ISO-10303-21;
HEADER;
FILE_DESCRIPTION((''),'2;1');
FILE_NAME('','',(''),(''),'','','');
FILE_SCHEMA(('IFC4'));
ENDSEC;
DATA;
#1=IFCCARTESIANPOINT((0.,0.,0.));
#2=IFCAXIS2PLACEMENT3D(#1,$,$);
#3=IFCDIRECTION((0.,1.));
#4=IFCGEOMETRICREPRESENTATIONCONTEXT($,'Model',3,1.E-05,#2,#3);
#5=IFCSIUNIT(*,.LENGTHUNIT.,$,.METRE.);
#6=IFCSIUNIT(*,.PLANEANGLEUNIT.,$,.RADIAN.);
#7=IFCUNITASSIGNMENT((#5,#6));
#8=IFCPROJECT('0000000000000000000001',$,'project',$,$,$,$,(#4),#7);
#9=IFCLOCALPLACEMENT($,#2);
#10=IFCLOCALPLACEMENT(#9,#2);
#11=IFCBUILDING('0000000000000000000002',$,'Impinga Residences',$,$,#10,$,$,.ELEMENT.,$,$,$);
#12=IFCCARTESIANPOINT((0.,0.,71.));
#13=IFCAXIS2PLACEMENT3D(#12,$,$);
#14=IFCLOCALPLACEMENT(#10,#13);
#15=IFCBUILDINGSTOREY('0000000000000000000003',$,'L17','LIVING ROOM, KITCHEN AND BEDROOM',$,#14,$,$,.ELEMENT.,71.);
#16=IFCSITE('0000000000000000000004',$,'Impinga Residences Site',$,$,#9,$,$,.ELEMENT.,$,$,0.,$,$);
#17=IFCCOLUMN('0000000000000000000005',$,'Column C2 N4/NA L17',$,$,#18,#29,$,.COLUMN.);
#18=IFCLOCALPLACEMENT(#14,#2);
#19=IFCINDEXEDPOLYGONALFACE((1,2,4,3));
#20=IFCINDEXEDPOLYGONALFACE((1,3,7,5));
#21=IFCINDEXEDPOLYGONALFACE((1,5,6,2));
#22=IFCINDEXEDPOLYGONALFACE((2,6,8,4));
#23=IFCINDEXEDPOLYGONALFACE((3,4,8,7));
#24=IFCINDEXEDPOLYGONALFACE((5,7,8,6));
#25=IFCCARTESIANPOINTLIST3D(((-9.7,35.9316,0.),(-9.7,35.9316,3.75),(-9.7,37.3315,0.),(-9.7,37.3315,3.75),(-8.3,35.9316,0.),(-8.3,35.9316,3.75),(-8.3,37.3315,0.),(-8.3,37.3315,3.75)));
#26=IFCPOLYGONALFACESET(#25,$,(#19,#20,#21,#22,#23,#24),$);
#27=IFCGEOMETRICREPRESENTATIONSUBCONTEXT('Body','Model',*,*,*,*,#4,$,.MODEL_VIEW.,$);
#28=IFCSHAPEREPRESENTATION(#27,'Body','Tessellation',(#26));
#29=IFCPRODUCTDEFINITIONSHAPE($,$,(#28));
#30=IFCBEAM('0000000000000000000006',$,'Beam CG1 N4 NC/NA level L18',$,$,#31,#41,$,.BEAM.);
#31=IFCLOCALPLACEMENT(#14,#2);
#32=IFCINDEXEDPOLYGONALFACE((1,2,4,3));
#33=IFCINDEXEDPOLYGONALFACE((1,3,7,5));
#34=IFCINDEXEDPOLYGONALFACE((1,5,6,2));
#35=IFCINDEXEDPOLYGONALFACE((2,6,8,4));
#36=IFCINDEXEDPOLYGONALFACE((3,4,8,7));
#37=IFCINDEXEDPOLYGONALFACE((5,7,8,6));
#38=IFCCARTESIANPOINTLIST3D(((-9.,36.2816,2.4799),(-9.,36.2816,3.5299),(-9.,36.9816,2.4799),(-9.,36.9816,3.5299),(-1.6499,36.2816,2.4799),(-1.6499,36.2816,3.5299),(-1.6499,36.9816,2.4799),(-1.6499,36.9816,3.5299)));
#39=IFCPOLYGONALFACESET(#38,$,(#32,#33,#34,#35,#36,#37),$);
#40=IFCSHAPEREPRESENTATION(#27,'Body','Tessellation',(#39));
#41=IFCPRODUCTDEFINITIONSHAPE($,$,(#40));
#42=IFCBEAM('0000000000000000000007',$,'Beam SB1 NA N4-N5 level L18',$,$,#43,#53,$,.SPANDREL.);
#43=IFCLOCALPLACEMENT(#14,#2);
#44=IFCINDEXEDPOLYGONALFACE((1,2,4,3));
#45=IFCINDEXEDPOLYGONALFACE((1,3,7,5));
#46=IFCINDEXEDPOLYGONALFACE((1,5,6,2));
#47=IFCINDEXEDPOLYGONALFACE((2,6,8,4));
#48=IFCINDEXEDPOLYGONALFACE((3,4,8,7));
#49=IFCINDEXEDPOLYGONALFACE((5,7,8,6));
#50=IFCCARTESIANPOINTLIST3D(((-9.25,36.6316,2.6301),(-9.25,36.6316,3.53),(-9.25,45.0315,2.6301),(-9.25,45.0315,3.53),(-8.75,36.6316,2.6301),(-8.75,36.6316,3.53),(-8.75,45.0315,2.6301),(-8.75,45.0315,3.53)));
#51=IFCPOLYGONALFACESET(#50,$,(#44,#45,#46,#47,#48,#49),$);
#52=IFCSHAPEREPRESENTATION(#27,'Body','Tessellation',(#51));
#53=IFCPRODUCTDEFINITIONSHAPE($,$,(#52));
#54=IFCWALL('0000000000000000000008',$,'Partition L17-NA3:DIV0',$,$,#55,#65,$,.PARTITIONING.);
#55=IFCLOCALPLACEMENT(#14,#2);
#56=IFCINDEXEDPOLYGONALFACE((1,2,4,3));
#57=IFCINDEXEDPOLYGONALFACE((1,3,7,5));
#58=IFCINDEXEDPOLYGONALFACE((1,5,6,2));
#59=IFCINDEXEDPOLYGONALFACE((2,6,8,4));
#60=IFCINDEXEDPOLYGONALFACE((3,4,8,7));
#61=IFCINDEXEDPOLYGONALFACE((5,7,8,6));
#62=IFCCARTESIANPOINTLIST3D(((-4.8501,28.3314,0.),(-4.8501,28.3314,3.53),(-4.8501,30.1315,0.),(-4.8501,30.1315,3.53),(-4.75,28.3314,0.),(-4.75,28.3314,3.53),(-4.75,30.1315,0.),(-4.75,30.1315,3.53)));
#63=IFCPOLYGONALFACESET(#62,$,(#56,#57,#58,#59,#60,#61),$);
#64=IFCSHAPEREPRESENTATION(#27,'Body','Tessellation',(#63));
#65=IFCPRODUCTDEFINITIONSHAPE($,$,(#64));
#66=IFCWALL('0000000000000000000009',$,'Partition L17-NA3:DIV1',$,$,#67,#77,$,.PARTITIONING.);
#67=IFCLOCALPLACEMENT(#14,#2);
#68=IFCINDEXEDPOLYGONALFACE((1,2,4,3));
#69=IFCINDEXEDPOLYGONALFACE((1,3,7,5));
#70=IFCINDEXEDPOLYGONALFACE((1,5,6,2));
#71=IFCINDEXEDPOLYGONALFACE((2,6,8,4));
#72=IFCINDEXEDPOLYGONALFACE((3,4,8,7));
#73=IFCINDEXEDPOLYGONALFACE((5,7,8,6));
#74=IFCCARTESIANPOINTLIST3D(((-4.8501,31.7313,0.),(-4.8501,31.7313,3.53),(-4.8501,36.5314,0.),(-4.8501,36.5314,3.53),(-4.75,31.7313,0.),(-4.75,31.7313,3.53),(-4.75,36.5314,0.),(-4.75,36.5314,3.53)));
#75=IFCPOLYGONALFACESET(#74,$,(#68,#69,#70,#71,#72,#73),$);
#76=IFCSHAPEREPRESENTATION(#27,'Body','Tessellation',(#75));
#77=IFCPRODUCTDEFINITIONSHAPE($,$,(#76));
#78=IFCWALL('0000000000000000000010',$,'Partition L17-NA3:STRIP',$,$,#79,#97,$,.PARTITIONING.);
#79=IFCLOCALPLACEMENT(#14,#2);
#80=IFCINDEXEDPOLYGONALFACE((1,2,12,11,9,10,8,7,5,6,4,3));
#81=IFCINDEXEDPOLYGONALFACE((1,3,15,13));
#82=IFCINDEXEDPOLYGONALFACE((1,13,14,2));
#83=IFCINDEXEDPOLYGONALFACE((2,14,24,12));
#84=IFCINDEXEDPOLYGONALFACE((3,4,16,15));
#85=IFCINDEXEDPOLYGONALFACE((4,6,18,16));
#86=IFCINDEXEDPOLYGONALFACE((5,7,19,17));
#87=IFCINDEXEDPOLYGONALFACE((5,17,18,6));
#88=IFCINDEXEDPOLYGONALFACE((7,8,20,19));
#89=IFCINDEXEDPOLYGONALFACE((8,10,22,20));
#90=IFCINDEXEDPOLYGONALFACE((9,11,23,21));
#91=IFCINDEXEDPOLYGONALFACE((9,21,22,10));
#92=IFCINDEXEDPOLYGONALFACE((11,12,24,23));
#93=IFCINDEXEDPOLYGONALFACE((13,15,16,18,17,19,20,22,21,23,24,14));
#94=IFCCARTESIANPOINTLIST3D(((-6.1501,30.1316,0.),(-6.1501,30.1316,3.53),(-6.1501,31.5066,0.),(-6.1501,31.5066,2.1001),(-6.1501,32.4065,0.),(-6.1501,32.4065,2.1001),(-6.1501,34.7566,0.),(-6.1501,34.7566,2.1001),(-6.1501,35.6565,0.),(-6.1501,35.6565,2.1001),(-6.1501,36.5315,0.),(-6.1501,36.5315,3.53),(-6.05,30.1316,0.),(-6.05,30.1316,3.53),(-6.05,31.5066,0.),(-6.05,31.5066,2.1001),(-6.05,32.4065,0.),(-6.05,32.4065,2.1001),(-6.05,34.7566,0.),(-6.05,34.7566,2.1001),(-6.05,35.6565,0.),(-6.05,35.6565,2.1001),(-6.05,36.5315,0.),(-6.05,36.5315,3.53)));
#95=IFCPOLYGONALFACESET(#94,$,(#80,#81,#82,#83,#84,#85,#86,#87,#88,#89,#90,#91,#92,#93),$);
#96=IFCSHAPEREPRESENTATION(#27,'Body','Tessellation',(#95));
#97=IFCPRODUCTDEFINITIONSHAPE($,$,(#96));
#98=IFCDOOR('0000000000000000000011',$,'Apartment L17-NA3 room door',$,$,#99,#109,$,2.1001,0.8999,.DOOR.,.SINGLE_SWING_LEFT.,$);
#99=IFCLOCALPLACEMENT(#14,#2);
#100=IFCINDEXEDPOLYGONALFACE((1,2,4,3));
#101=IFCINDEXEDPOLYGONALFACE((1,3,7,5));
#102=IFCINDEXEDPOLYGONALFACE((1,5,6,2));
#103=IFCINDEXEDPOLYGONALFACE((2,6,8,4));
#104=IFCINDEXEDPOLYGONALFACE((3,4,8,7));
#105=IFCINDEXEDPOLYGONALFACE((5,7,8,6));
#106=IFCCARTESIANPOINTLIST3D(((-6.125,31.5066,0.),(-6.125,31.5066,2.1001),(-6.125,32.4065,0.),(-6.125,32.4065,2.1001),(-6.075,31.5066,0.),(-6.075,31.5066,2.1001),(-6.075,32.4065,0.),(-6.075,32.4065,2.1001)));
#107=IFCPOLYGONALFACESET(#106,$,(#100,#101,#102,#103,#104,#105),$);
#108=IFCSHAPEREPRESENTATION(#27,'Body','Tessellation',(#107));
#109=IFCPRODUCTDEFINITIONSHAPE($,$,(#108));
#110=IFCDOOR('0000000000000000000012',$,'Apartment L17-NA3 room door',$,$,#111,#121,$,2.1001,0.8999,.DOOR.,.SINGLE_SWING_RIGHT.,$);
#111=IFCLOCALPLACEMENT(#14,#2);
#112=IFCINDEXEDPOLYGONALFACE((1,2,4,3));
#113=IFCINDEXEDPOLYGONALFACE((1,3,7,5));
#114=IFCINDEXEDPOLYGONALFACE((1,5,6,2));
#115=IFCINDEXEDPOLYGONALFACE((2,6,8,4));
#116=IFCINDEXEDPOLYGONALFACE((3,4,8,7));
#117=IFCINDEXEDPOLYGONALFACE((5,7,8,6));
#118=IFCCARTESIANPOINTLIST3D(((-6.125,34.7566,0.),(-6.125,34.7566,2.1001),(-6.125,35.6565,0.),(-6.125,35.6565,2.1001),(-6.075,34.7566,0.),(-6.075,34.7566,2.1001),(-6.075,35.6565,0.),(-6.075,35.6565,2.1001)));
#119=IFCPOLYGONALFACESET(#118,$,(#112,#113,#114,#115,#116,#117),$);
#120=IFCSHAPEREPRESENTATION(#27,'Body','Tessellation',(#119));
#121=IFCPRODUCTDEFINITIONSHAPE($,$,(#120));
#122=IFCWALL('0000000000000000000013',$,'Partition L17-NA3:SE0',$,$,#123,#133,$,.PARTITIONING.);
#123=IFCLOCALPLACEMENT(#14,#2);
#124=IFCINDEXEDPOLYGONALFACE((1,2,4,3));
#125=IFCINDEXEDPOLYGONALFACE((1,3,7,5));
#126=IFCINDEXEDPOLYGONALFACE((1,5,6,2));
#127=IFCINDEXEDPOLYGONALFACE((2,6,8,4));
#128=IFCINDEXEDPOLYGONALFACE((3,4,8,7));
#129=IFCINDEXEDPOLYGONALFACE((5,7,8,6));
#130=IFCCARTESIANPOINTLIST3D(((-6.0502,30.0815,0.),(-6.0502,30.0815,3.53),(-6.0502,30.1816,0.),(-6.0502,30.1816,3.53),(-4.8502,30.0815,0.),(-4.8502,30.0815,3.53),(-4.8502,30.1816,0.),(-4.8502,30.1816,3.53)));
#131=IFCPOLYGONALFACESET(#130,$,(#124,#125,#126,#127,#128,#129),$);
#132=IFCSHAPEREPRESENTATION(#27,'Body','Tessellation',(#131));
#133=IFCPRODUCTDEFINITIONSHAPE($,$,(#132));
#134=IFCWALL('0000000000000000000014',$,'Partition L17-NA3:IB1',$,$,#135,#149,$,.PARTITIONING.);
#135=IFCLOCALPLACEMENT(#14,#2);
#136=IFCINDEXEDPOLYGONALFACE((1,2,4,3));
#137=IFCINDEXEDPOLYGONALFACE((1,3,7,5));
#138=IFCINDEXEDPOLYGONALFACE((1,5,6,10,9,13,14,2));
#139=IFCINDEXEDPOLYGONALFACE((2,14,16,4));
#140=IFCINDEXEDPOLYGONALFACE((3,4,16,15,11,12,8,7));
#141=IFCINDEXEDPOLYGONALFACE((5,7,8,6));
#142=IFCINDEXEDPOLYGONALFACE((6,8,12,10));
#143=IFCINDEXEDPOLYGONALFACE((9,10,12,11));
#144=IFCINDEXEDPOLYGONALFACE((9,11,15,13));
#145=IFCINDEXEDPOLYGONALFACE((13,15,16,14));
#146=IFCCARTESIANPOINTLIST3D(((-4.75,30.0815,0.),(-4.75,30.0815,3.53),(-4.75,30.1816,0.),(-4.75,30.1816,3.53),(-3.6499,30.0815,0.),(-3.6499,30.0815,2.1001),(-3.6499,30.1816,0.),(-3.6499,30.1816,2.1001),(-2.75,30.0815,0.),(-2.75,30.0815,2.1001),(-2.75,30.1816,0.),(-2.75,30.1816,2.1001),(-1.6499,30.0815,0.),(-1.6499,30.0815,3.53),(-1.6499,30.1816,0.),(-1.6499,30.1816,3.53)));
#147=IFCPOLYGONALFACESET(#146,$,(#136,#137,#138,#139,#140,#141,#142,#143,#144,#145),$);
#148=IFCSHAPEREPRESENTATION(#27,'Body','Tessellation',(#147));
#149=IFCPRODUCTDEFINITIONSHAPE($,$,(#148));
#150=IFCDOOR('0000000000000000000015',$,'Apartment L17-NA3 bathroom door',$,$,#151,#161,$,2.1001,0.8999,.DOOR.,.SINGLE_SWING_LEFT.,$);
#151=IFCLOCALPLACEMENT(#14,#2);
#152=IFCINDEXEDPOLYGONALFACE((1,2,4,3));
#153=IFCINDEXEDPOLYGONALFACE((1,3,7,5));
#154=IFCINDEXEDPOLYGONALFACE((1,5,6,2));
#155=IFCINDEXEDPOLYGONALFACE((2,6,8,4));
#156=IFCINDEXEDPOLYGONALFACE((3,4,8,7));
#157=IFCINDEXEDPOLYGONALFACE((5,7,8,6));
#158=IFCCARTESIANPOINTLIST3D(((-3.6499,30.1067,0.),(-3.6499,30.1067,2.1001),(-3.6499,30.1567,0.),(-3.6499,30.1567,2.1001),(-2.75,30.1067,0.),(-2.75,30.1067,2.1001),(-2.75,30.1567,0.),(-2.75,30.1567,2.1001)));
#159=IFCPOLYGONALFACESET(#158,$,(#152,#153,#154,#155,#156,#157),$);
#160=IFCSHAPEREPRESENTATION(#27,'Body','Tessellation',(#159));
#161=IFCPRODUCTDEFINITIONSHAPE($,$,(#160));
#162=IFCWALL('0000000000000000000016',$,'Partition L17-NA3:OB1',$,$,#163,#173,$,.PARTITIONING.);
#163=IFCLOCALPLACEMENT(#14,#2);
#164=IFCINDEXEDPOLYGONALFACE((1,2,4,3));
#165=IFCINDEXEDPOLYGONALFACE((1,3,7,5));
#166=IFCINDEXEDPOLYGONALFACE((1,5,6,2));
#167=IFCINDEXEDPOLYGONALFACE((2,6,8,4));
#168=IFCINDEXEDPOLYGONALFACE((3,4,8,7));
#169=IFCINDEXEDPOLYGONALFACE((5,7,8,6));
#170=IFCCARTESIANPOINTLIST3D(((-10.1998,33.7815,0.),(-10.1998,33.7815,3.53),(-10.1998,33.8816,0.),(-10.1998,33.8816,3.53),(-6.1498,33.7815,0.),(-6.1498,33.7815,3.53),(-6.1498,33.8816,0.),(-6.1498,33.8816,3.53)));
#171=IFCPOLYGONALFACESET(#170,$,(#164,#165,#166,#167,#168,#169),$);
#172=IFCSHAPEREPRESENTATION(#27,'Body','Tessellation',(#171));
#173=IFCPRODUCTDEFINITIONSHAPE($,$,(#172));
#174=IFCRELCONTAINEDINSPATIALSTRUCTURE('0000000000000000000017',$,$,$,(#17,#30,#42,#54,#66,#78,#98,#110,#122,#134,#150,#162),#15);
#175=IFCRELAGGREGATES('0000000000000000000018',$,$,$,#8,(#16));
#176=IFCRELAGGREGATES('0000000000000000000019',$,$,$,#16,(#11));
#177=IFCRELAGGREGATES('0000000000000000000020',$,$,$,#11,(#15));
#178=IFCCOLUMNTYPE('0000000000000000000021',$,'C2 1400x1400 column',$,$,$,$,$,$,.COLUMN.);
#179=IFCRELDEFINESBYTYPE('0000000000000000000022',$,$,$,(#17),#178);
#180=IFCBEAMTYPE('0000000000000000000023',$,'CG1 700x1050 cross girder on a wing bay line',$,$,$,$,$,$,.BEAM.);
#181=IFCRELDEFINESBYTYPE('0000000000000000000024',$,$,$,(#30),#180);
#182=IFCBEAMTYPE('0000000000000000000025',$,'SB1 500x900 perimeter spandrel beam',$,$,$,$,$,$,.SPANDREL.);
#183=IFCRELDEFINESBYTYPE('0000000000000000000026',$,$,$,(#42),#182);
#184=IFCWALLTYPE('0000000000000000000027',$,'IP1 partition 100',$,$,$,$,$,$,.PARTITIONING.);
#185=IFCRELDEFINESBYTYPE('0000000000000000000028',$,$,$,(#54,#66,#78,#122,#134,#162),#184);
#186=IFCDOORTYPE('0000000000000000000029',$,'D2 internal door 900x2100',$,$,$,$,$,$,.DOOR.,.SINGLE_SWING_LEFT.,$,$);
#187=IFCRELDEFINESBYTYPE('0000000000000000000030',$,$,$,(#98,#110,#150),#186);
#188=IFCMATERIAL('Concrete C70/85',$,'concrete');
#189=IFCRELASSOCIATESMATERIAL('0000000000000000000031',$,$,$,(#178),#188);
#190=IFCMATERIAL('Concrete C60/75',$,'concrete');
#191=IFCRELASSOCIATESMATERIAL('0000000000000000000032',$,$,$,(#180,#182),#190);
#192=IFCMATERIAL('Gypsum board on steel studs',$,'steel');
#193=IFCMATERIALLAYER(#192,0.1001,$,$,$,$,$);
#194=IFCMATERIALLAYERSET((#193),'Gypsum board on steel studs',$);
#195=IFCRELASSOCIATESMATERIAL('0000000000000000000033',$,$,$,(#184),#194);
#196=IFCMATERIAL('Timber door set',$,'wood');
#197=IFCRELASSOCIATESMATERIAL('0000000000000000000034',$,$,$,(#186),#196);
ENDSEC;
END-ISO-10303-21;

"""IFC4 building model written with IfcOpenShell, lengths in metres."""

from ifc_helpers import new_model, si_unit, direction, frame, frame_2d, origin, origin_2d, place, context, subcontext, project, spatial, rectangle, extrude, material, layer, layer_set, material_profile, profile_set, type_object, element, fill, save


model = new_model("IFC4")

# Units and contexts
model_context = context("Model", 3, precision=1e-05, world=origin(), true_north=direction((0.0, 1.0)))
body_context = subcontext(model_context, "Body", "Model", "MODEL_VIEW")
ifc_project = project(units=[si_unit("LENGTHUNIT", "METRE"), si_unit("PLANEANGLEUNIT", "RADIAN")], contexts=[model_context])

# Site, building, storey
site_placement = place(None, origin())
site = spatial("IfcSite", under=ifc_project, at=site_placement, Name="Impinga Residences Site", CompositionType="ELEMENT", RefElevation=0.0)
building_placement = place(site_placement, origin())
building = spatial("IfcBuilding", under=site, at=building_placement, Name="Impinga Residences", CompositionType="ELEMENT")
storey_placement = place(building_placement, frame((0.0, 0.0, 71.0)))
storey = spatial("IfcBuildingStorey", under=building, at=storey_placement, Name="L17", Description="LIVING ROOM, KITCHEN AND BEDROOM", CompositionType="ELEMENT", Elevation=71.0)

# Column
ifc_material_1 = material(Name="Concrete C70/85", Category="concrete")
ifc_material_profile_1 = material_profile(ifc_material_1, rectangle(XDim=1.3999, YDim=1.3999, at=origin_2d()), Name="RC 1400x1400")
ifc_profile_set_1 = profile_set([ifc_material_profile_1], Name="Concrete C70/85")
column_type = type_object("IfcColumnType", Name="C2 1400x1400 column", PredefinedType="COLUMN", material=ifc_profile_set_1)
column_placement = place(storey_placement, frame((-9.0, 36.6316, 0.0), z_axis=(0.0, 0.0, 1.0), x_axis=(1.0, 0.0, 0.0)))
element("IfcColumn", 1, at=column_placement, inside=storey, type_object=column_type, Name="Column C2 N4/NA L17", PredefinedType="COLUMN", context=body_context, shape_type="SweptSolid", body=[
    extrude(rectangle(XDim=1.3999, YDim=1.3999, at=origin_2d()), origin(), (0.0, 0.0, 1.0), 3.75),
])

# Beams
ifc_material_2 = material(Name="Concrete C60/75", Category="concrete")
ifc_material_profile_2 = material_profile(ifc_material_2, rectangle(XDim=0.7, YDim=1.05, at=origin_2d()), Name="RC 700x1050")
ifc_profile_set_2 = profile_set([ifc_material_profile_2], Name="Concrete C60/75")
beam_type_1 = type_object("IfcBeamType", Name="CG1 700x1050 cross girder on a wing bay line", PredefinedType="BEAM", material=ifc_profile_set_2)
beam_1_placement = place(storey_placement, frame((-1.6499, 36.6316, 3.0049), z_axis=(-1.0, 0.0, 0.0), x_axis=(0.0, -1.0, 0.0)))
element("IfcBeam", 2, at=beam_1_placement, inside=storey, type_object=beam_type_1, Name="Beam CG1 N4 NC/NA level L18", PredefinedType="BEAM", context=body_context, shape_type="SweptSolid", body=[
    extrude(rectangle(XDim=0.7, YDim=1.05, at=origin_2d()), origin(), (0.0, 0.0, 1.0), 7.3501),
])
ifc_material_profile_3 = material_profile(ifc_material_2, rectangle(XDim=0.5, YDim=0.8999, at=origin_2d()), Name="RC 500x900")
ifc_profile_set_3 = profile_set([ifc_material_profile_3], Name="Concrete C60/75")
beam_type_2 = type_object("IfcBeamType", Name="SB1 500x900 perimeter spandrel beam", PredefinedType="SPANDREL", material=ifc_profile_set_3)
beam_2_placement = place(storey_placement, frame((-9.0, 36.6316, 3.0801), z_axis=(0.0, 1.0, 0.0), x_axis=(-1.0, 0.0, 0.0)))
element("IfcBeam", 3, at=beam_2_placement, inside=storey, type_object=beam_type_2, Name="Beam SB1 NA N4-N5 level L18", PredefinedType="SPANDREL", context=body_context, shape_type="SweptSolid", body=[
    extrude(rectangle(XDim=0.5, YDim=0.8999, at=origin_2d()), origin(), (0.0, 0.0, 1.0), 8.3999),
])

# Walls
ifc_material_3 = material(Name="Gypsum board on steel studs", Category="steel")
ifc_layer_1 = layer(ifc_material_3, 0.1001)
ifc_layer_set_1 = layer_set([ifc_layer_1], Name="Gypsum board on steel studs")
wall_type_1 = type_object("IfcWallType", Name="IP1 partition 100", PredefinedType="PARTITIONING", material=ifc_layer_set_1)
wall_1_placement = place(storey_placement, frame((-4.8, 28.3315, 0.0), z_axis=(0.0, 0.0, 1.0), x_axis=(0.0, 1.0, 0.0)))
element("IfcWall", 4, at=wall_1_placement, inside=storey, type_object=wall_type_1, Name="Partition L17-NA3:DIV0", PredefinedType="PARTITIONING", context=body_context, shape_type="SweptSolid", body=[
    extrude(rectangle(XDim=1.8, YDim=0.1001, at=frame_2d((0.8999, 0.0))), origin(), (0.0, 0.0, 1.0), 3.53),
])
wall_2_placement = place(storey_placement, frame((-4.8, 31.7314, 0.0), z_axis=(0.0, 0.0, 1.0), x_axis=(0.0, 1.0, 0.0)))
element("IfcWall", 5, at=wall_2_placement, inside=storey, type_object=wall_type_1, Name="Partition L17-NA3:DIV1", PredefinedType="PARTITIONING", context=body_context, shape_type="SweptSolid", body=[
    extrude(rectangle(XDim=4.8, YDim=0.1001, at=frame_2d((2.3999, 0.0))), origin(), (0.0, 0.0, 1.0), 3.53),
])

# Wall, openings, doors
wall_3_placement = place(storey_placement, frame((-6.1001, 30.1316, 0.0), z_axis=(0.0, 0.0, 1.0), x_axis=(0.0, 1.0, 0.0)))
wall_3 = element("IfcWall", 6, at=wall_3_placement, inside=storey, type_object=wall_type_1, Name="Partition L17-NA3:STRIP", PredefinedType="PARTITIONING", context=body_context, shape_type="SweptSolid", body=[
    extrude(rectangle(XDim=6.3999, YDim=0.1001, at=frame_2d((3.2, 0.0))), origin(), (0.0, 0.0, 1.0), 3.53),
])
opening_1_placement = place(wall_3_placement, frame((1.375, 0.0, 0.0)))
opening_1 = element("IfcOpeningElement", 7, at=opening_1_placement, cuts=wall_3, PredefinedType="OPENING", context=body_context, shape_type="SweptSolid", body=[
    extrude(rectangle(XDim=0.8999, YDim=2.1001, at=frame_2d((0.45, 1.05))), frame((0.0, 0.0601, 0.0), z_axis=(0.0, -1.0, 0.0), x_axis=(1.0, 0.0, 0.0)), (0.0, 0.0, 1.0), 0.1201),
])
opening_2_placement = place(wall_3_placement, frame((4.625, 0.0, 0.0)))
opening_2 = element("IfcOpeningElement", 8, at=opening_2_placement, cuts=wall_3, PredefinedType="OPENING", context=body_context, shape_type="SweptSolid", body=[
    extrude(rectangle(XDim=0.8999, YDim=2.1001, at=frame_2d((0.45, 1.05))), frame((0.0, 0.0601, 0.0), z_axis=(0.0, -1.0, 0.0), x_axis=(1.0, 0.0, 0.0)), (0.0, 0.0, 1.0), 0.1201),
])
ifc_material_4 = material(Name="Timber door set", Category="wood")
door_type = type_object("IfcDoorType", Name="D2 internal door 900x2100", OperationType="SINGLE_SWING_LEFT", PredefinedType="DOOR", material=ifc_material_4)
door_1_placement = place(opening_1_placement, origin())
door_1 = element("IfcDoor", 9, at=door_1_placement, inside=storey, type_object=door_type, Name="Apartment L17-NA3 room door", OperationType="SINGLE_SWING_LEFT", OverallHeight=2.1001, OverallWidth=0.8999, PredefinedType="DOOR", context=body_context, shape_type="SweptSolid", body=[
    extrude(rectangle(XDim=0.8999, YDim=2.1001, at=frame_2d((0.45, 1.05))), frame((0.0, 0.0249, 0.0), z_axis=(0.0, -1.0, 0.0), x_axis=(1.0, 0.0, 0.0)), (0.0, 0.0, 1.0), 0.05),
])
fill(opening_1, door_1)
door_2_placement = place(opening_2_placement, origin())
door_2 = element("IfcDoor", 10, at=door_2_placement, inside=storey, type_object=door_type, Name="Apartment L17-NA3 room door", OperationType="SINGLE_SWING_RIGHT", OverallHeight=2.1001, OverallWidth=0.8999, PredefinedType="DOOR", context=body_context, shape_type="SweptSolid", body=[
    extrude(rectangle(XDim=0.8999, YDim=2.1001, at=frame_2d((0.45, 1.05))), frame((0.0, 0.0249, 0.0), z_axis=(0.0, -1.0, 0.0), x_axis=(1.0, 0.0, 0.0)), (0.0, 0.0, 1.0), 0.05),
])
fill(opening_2, door_2)

# Wall
wall_4_placement = place(storey_placement, frame((-4.8501, 30.1316, 0.0), z_axis=(0.0, 0.0, 1.0), x_axis=(-1.0, 0.0, 0.0)))
element("IfcWall", 11, at=wall_4_placement, inside=storey, type_object=wall_type_1, Name="Partition L17-NA3:SE0", PredefinedType="PARTITIONING", context=body_context, shape_type="SweptSolid", body=[
    extrude(rectangle(XDim=1.2, YDim=0.1001, at=frame_2d((0.6001, 0.0))), origin(), (0.0, 0.0, 1.0), 3.53),
])

# Wall, opening, door
wall_5_placement = place(storey_placement, frame((-1.6499, 30.1316, 0.0), z_axis=(0.0, 0.0, 1.0), x_axis=(-1.0, 0.0, 0.0)))
wall_5 = element("IfcWall", 12, at=wall_5_placement, inside=storey, type_object=wall_type_1, Name="Partition L17-NA3:IB1", PredefinedType="PARTITIONING", context=body_context, shape_type="SweptSolid", body=[
    extrude(rectangle(XDim=3.1001, YDim=0.1001, at=frame_2d((1.55, 0.0))), origin(), (0.0, 0.0, 1.0), 3.53),
])
opening_3_placement = place(wall_5_placement, frame((1.1001, 0.0, 0.0)))
opening_3 = element("IfcOpeningElement", 13, at=opening_3_placement, cuts=wall_5, PredefinedType="OPENING", context=body_context, shape_type="SweptSolid", body=[
    extrude(rectangle(XDim=0.8999, YDim=2.1001, at=frame_2d((0.45, 1.05))), frame((0.0, 0.0601, 0.0), z_axis=(0.0, -1.0, 0.0), x_axis=(1.0, 0.0, 0.0)), (0.0, 0.0, 1.0), 0.1201),
])
door_3_placement = place(opening_3_placement, origin())
door_3 = element("IfcDoor", 14, at=door_3_placement, inside=storey, type_object=door_type, Name="Apartment L17-NA3 bathroom door", OperationType="SINGLE_SWING_LEFT", OverallHeight=2.1001, OverallWidth=0.8999, PredefinedType="DOOR", context=body_context, shape_type="SweptSolid", body=[
    extrude(rectangle(XDim=0.8999, YDim=2.1001, at=frame_2d((0.45, 1.05))), frame((0.0, 0.0249, 0.0), z_axis=(0.0, -1.0, 0.0), x_axis=(1.0, 0.0, 0.0)), (0.0, 0.0, 1.0), 0.05),
])
fill(opening_3, door_3)

# Wall
wall_6_placement = place(storey_placement, frame((-6.1499, 33.8315, 0.0), z_axis=(0.0, 0.0, 1.0), x_axis=(-1.0, 0.0, 0.0)))
element("IfcWall", 15, at=wall_6_placement, inside=storey, type_object=wall_type_1, Name="Partition L17-NA3:OB1", PredefinedType="PARTITIONING", context=body_context, shape_type="SweptSolid", body=[
    extrude(rectangle(XDim=4.05, YDim=0.1001, at=frame_2d((2.0249, 0.0))), origin(), (0.0, 0.0, 1.0), 3.53),
])

save(model, "model.ifc")
